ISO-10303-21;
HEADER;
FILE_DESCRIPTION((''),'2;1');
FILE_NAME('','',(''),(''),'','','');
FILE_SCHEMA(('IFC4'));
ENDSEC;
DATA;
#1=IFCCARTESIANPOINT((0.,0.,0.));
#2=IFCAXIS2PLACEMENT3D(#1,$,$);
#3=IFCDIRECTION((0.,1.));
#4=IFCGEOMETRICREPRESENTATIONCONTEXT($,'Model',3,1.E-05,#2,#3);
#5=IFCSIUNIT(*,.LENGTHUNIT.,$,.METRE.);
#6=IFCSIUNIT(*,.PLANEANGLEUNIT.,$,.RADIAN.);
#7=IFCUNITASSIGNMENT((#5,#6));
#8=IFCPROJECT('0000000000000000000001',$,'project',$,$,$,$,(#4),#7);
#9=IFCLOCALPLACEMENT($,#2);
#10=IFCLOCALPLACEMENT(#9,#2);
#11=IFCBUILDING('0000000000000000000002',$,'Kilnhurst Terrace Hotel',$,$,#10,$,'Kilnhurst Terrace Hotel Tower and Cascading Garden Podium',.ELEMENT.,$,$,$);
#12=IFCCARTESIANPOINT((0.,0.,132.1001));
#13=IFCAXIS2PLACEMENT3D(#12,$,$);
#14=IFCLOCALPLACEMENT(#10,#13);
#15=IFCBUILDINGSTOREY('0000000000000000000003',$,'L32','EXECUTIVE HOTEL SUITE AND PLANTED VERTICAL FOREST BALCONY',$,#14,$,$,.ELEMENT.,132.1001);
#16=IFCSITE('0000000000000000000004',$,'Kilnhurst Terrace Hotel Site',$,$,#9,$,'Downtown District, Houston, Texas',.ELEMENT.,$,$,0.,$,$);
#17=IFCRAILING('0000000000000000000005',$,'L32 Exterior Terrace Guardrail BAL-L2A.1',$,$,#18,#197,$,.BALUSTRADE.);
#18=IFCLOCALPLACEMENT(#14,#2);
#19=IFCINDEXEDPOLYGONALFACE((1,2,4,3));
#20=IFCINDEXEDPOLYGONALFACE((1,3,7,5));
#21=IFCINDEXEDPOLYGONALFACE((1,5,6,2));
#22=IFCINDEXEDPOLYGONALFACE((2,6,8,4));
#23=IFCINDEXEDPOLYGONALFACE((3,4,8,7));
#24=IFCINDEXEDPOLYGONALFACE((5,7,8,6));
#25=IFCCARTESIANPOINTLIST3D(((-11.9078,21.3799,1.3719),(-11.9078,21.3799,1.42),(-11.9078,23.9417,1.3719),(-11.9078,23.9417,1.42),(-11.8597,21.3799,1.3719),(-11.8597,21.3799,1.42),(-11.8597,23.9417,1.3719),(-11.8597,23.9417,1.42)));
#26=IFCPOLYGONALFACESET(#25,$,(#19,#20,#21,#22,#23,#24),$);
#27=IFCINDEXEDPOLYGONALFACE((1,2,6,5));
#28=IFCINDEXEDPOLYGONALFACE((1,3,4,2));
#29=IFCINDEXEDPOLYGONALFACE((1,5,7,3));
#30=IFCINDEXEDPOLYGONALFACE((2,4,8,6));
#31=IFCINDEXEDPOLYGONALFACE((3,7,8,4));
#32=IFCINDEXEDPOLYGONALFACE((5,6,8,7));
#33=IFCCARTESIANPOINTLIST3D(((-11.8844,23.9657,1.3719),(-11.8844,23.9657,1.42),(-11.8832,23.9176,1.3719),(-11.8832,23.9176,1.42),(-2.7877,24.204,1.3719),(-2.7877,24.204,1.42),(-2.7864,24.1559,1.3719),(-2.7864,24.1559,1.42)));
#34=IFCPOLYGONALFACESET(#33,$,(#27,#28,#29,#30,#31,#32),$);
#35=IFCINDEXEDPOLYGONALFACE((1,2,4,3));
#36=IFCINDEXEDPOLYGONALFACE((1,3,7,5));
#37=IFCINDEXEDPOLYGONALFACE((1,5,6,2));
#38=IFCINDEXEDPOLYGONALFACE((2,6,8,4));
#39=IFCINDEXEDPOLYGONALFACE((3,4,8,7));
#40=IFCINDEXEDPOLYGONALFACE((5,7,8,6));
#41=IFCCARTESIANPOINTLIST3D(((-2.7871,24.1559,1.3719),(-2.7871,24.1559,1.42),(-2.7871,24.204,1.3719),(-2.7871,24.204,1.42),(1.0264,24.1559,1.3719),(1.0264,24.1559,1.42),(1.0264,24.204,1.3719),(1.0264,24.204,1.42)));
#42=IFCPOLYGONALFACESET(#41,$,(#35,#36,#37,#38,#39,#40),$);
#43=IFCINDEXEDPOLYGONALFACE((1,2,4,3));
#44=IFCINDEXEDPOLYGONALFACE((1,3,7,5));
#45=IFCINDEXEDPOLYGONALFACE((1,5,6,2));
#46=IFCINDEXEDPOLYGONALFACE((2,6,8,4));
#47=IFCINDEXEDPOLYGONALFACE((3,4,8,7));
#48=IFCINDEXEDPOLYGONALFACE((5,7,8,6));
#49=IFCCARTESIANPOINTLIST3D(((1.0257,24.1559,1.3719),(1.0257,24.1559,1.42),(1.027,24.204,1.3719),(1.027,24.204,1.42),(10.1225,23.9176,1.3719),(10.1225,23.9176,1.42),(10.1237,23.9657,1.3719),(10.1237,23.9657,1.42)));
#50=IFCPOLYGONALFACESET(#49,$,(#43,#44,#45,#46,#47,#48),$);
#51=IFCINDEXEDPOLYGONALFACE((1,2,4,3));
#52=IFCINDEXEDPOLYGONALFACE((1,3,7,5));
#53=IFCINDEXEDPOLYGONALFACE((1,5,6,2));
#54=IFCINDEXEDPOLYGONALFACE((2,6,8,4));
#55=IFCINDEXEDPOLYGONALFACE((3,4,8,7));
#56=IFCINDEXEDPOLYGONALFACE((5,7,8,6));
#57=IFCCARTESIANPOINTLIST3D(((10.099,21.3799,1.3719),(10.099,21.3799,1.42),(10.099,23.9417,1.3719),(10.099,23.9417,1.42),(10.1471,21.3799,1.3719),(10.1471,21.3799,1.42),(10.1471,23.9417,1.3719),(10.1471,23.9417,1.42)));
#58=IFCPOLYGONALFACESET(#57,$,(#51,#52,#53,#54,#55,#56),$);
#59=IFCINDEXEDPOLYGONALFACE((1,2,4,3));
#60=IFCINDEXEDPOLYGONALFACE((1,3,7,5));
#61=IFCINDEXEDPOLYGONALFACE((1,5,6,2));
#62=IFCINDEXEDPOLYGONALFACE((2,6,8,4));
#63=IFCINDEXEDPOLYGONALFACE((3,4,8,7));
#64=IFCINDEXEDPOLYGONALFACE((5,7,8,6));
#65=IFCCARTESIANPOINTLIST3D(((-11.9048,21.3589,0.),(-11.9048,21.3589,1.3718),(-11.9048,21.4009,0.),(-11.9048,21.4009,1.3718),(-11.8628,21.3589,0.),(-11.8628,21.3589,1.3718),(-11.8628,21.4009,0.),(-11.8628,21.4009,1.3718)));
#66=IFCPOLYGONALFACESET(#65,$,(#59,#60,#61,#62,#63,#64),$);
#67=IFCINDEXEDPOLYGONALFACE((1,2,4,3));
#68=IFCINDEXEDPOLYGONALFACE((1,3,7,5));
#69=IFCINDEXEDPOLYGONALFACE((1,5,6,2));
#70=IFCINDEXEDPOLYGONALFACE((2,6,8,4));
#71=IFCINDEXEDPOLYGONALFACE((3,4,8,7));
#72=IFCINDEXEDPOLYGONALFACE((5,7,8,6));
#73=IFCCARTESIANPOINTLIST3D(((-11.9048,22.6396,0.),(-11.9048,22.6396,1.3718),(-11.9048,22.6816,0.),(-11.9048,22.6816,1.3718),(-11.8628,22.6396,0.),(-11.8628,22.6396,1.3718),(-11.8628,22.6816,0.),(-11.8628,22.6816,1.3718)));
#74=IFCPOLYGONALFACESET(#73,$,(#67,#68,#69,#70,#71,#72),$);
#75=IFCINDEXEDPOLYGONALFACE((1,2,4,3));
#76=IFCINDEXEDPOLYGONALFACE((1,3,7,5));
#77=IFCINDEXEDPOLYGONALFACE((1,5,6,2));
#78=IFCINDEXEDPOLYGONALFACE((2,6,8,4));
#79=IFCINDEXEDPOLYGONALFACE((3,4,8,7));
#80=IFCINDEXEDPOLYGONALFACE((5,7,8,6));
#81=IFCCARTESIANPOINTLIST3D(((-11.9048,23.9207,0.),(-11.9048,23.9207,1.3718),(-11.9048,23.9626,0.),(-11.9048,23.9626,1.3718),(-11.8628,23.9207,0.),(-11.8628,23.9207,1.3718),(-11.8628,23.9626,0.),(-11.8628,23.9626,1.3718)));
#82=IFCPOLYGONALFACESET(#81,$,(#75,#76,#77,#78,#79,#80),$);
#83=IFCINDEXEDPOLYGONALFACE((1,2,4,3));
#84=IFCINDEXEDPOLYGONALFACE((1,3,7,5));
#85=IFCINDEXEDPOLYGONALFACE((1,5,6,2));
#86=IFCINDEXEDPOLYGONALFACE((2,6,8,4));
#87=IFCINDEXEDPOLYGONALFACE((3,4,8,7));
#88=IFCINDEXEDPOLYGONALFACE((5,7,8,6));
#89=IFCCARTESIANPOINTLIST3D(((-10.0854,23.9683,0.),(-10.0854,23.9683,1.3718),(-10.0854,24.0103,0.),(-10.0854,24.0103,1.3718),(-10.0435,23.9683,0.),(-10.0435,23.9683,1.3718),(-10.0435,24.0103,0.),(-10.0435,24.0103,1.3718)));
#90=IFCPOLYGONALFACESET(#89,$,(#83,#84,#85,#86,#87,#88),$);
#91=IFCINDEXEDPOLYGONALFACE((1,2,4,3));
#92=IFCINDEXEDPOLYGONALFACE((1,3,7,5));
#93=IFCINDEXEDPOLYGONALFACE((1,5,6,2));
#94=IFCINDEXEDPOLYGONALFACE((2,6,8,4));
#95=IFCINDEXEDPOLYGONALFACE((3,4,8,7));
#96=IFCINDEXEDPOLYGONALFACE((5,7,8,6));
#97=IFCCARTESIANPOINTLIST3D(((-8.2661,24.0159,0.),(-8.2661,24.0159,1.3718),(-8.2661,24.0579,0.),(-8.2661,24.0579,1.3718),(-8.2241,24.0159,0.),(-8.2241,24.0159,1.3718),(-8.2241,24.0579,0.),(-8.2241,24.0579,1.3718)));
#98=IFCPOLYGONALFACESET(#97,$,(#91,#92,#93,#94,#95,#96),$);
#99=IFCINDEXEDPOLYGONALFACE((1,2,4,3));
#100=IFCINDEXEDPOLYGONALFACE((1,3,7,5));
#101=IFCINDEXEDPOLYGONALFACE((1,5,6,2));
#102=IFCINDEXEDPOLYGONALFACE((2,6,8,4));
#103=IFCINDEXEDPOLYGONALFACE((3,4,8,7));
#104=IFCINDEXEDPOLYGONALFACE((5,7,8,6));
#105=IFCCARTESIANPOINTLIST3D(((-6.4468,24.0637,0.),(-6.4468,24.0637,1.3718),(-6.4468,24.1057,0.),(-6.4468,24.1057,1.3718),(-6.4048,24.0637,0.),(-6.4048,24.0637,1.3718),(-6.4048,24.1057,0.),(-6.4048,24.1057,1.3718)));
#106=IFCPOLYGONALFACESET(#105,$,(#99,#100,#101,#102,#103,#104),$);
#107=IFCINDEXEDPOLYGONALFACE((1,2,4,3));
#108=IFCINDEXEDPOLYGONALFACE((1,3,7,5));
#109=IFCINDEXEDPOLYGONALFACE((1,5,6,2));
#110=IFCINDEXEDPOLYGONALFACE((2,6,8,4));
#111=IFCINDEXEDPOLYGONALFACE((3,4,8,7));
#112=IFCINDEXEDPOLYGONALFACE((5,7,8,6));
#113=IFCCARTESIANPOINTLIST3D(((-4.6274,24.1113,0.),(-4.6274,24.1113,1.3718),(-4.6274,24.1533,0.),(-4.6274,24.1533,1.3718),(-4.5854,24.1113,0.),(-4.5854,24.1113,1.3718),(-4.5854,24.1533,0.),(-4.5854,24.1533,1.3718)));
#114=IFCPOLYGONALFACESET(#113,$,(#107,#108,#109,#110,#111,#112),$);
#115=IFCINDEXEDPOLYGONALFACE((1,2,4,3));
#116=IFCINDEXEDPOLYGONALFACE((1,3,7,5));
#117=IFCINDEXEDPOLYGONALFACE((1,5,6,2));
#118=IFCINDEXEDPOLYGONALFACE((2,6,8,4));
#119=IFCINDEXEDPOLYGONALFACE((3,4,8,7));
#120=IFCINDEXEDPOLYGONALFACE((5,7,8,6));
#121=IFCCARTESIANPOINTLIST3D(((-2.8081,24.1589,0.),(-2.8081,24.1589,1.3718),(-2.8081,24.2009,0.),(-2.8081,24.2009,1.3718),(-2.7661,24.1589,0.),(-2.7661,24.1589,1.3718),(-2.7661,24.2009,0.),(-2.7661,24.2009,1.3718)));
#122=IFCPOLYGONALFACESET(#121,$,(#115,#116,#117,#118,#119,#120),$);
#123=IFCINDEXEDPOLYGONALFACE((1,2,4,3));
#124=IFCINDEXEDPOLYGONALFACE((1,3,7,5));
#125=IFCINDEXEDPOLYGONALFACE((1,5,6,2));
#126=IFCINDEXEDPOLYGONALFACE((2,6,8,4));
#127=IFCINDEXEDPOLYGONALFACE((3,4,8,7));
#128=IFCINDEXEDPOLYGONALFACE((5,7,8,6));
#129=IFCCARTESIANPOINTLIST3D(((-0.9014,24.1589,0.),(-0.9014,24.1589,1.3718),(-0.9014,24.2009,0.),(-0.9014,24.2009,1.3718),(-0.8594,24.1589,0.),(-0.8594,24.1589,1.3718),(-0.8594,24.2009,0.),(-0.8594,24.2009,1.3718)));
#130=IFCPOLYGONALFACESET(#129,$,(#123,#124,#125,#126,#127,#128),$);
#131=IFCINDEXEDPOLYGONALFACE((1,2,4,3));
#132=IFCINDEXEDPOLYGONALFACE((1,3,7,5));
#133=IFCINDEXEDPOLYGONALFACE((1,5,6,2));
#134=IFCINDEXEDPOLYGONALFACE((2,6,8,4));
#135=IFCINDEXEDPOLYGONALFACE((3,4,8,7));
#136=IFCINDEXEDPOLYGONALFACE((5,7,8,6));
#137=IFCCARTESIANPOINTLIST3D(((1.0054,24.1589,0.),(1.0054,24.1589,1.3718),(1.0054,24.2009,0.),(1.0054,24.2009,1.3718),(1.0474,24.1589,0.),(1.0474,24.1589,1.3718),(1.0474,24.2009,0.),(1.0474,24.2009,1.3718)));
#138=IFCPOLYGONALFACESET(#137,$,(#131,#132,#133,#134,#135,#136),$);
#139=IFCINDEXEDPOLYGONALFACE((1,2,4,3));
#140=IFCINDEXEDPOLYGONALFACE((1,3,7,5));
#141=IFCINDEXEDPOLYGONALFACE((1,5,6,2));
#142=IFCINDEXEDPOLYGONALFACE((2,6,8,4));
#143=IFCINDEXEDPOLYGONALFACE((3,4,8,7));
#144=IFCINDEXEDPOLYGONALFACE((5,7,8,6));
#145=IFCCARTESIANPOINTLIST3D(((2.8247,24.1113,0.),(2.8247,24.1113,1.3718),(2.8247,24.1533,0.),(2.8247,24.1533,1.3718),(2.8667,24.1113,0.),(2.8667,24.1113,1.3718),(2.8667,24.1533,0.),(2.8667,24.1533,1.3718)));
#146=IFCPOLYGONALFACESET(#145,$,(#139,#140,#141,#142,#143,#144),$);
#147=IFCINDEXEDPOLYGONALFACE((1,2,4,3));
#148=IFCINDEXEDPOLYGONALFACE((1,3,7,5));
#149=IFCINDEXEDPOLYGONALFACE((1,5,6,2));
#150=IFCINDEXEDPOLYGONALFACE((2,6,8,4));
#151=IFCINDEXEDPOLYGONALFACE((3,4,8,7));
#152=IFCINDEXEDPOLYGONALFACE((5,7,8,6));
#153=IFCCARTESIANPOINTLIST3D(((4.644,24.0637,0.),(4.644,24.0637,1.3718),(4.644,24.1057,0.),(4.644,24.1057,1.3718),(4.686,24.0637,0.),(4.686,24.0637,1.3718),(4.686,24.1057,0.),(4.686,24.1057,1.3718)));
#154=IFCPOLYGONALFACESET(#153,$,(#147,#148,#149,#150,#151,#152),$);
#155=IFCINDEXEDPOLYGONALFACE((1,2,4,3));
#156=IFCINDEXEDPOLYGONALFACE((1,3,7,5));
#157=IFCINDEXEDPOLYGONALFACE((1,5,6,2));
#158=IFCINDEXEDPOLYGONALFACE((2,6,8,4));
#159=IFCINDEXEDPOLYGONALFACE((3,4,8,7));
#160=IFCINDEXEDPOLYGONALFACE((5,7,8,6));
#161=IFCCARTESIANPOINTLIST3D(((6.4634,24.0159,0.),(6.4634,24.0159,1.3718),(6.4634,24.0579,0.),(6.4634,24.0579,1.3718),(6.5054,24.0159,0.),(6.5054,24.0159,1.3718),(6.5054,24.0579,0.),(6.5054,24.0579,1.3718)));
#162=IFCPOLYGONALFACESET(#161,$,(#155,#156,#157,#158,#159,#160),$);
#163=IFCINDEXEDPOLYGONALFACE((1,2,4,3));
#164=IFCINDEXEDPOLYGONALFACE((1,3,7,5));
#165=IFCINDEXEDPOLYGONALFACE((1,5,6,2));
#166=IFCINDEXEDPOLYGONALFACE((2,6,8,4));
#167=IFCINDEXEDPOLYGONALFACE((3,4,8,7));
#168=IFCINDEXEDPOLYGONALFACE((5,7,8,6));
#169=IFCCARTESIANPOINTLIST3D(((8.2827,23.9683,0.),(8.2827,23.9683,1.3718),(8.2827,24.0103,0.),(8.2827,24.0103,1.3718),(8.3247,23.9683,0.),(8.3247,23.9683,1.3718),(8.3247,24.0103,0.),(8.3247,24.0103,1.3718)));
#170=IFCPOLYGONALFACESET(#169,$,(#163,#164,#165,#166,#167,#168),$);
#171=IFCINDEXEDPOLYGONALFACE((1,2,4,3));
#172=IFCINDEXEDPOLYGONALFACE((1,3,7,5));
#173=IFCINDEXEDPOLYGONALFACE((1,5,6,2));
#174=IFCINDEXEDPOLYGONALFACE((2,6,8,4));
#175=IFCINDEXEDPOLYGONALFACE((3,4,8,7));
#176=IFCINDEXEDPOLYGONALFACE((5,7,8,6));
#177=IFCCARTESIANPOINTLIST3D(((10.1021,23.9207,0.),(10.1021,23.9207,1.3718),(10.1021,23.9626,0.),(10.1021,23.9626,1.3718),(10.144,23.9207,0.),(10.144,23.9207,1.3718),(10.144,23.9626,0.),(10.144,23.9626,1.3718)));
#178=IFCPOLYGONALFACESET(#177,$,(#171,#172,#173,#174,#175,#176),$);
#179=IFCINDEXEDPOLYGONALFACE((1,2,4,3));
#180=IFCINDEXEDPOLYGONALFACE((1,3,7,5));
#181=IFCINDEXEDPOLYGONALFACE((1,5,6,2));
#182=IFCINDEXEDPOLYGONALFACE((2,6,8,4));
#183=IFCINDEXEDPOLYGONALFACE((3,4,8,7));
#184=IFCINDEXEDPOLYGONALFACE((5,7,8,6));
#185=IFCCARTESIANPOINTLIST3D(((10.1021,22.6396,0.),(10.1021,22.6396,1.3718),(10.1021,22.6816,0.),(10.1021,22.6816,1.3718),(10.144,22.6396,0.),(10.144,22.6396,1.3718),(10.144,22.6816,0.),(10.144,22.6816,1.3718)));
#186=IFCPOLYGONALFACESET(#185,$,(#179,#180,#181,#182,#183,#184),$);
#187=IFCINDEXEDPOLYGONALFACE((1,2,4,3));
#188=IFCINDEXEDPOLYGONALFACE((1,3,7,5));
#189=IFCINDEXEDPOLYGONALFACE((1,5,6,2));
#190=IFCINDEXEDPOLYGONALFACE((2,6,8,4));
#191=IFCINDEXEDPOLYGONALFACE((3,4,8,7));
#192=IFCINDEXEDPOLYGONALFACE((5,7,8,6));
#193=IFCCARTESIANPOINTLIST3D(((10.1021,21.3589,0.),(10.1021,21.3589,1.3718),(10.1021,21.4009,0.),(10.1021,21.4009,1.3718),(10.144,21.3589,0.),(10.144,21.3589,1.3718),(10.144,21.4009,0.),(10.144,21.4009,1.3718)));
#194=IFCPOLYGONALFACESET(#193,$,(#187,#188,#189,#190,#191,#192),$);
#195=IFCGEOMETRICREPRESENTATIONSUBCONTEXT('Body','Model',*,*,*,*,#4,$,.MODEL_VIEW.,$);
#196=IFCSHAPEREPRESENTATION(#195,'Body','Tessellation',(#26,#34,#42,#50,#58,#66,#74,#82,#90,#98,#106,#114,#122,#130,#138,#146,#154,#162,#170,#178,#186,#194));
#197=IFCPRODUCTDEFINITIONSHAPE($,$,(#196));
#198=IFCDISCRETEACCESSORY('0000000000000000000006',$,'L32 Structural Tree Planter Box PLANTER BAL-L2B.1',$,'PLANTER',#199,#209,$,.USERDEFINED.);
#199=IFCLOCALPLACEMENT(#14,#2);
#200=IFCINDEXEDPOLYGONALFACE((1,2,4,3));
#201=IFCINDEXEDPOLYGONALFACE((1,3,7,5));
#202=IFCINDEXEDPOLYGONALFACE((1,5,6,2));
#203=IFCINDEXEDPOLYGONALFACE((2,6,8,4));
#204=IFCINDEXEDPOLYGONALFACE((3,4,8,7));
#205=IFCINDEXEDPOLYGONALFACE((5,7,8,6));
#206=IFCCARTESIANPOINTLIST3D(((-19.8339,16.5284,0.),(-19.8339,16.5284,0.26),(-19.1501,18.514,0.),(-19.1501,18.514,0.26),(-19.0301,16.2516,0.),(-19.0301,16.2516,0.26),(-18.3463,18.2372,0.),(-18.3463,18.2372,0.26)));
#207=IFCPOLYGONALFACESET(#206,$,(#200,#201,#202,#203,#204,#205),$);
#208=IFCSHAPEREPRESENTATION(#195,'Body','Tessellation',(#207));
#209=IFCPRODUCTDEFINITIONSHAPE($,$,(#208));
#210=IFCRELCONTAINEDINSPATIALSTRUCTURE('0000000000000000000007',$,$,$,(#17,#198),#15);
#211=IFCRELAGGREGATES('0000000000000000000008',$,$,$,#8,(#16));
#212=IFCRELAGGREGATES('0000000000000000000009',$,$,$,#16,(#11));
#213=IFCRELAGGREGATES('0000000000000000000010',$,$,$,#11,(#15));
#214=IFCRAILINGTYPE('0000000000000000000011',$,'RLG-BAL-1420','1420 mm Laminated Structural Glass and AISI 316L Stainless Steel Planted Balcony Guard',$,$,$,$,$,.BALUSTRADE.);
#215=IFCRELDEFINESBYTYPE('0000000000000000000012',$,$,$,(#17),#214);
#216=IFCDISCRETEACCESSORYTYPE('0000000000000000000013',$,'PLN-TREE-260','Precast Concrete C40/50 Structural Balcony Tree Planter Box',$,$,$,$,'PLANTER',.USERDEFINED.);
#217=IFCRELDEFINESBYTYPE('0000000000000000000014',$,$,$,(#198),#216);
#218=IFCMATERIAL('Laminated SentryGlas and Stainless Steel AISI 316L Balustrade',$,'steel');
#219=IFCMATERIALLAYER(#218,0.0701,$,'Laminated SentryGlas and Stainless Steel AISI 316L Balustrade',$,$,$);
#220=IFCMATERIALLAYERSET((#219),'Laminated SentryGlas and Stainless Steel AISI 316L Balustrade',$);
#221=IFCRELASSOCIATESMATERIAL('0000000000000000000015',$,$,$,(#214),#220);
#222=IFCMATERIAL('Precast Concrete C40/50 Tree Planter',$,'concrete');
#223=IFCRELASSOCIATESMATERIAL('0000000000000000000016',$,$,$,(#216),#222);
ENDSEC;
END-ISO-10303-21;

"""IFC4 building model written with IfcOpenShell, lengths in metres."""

from ifc_helpers import new_model, si_unit, direction, frame, origin, origin_2d, place, context, subcontext, project, spatial, rectangle, extrude, material, layer, layer_set, type_object, element, save


model = new_model("IFC4")

# Units and contexts
model_context = context("Model", 3, precision=1e-05, world=origin(), true_north=direction((0.0, 1.0)))
body_context = subcontext(model_context, "Body", "Model", "MODEL_VIEW")
ifc_project = project(units=[si_unit("LENGTHUNIT", "METRE"), si_unit("PLANEANGLEUNIT", "RADIAN")], contexts=[model_context])

# Site, building, storey
site_placement = place(None, origin())
site = spatial("IfcSite", under=ifc_project, at=site_placement, Name="Kilnhurst Terrace Hotel Site", LongName="Downtown District, Houston, Texas", CompositionType="ELEMENT", RefElevation=0.0)
building_placement = place(site_placement, origin())
building = spatial("IfcBuilding", under=site, at=building_placement, Name="Kilnhurst Terrace Hotel", LongName="Kilnhurst Terrace Hotel Tower and Cascading Garden Podium", CompositionType="ELEMENT")
storey_placement = place(building_placement, frame((0.0, 0.0, 132.1001)))
storey = spatial("IfcBuildingStorey", under=building, at=storey_placement, Name="L32", Description="EXECUTIVE HOTEL SUITE AND PLANTED VERTICAL FOREST BALCONY", CompositionType="ELEMENT", Elevation=132.1001)

# Railing
ifc_material_1 = material(Name="Laminated SentryGlas and Stainless Steel AISI 316L Balustrade", Category="steel")
ifc_layer_1 = layer(ifc_material_1, 0.0701, Name="Laminated SentryGlas and Stainless Steel AISI 316L Balustrade")
ifc_layer_set_1 = layer_set([ifc_layer_1], Name="Laminated SentryGlas and Stainless Steel AISI 316L Balustrade")
railing_type = type_object("IfcRailingType", Name="RLG-BAL-1420", Description="1420 mm Laminated Structural Glass and AISI 316L Stainless Steel Planted Balcony Guard", PredefinedType="BALUSTRADE", material=ifc_layer_set_1)
railing_placement = place(storey_placement, frame((-11.8838, 21.3799, 0.0)))
element("IfcRailing", 1, at=railing_placement, inside=storey, type_object=railing_type, Name="L32 Exterior Terrace Guardrail BAL-L2A.1", PredefinedType="BALUSTRADE", context=body_context, shape_type="SweptSolid", body=[
    extrude(rectangle(XDim=0.0481, YDim=0.0481, at=origin_2d()), frame((0.0, 0.0, 1.396), z_axis=(0.0, 1.0, 0.0), x_axis=(-1.0, 0.0, 0.0)), (0.0, 0.0, 1.0), 2.5618),
    extrude(rectangle(XDim=0.0481, YDim=0.0481, at=origin_2d()), frame((0.0, 2.5618, 1.396), z_axis=(0.999657, 0.026185, 0.0), x_axis=(-0.026185, 0.999657, 0.0)), (0.0, 0.0, 1.0), 9.0999),
    extrude(rectangle(XDim=0.0481, YDim=0.0481, at=origin_2d()), frame((9.0967, 2.8, 1.396), z_axis=(1.0, 0.0, 0.0), x_axis=(0.0, 1.0, 0.0)), (0.0, 0.0, 1.0), 3.8135),
    extrude(rectangle(XDim=0.0481, YDim=0.0481, at=origin_2d()), frame((12.9102, 2.8, 1.396), z_axis=(0.999657, -0.026185, 0.0), x_axis=(0.026185, 0.999657, 0.0)), (0.0, 0.0, 1.0), 9.0999),
    extrude(rectangle(XDim=0.0481, YDim=0.0481, at=origin_2d()), frame((22.0068, 2.5618, 1.396), z_axis=(0.0, -1.0, 0.0), x_axis=(1.0, 0.0, 0.0)), (0.0, 0.0, 1.0), 2.5618),
    extrude(rectangle(XDim=0.042, YDim=0.042, at=origin_2d()), origin(), (0.0, 0.0, 1.0), 1.3718),
    extrude(rectangle(XDim=0.042, YDim=0.042, at=origin_2d()), frame((0.0, 1.2808, 0.0)), (0.0, 0.0, 1.0), 1.3718),
    extrude(rectangle(XDim=0.042, YDim=0.042, at=origin_2d()), frame((0.0, 2.5618, 0.0)), (0.0, 0.0, 1.0), 1.3718),
    extrude(rectangle(XDim=0.042, YDim=0.042, at=origin_2d()), frame((1.8193, 2.6094, 0.0)), (0.0, 0.0, 1.0), 1.3718),
    extrude(rectangle(XDim=0.042, YDim=0.042, at=origin_2d()), frame((3.6387, 2.657, 0.0)), (0.0, 0.0, 1.0), 1.3718),
    extrude(rectangle(XDim=0.042, YDim=0.042, at=origin_2d()), frame((5.458, 2.7048, 0.0)), (0.0, 0.0, 1.0), 1.3718),
    extrude(rectangle(XDim=0.042, YDim=0.042, at=origin_2d()), frame((7.2773, 2.7524, 0.0)), (0.0, 0.0, 1.0), 1.3718),
    extrude(rectangle(XDim=0.042, YDim=0.042, at=origin_2d()), frame((9.0967, 2.8, 0.0)), (0.0, 0.0, 1.0), 1.3718),
    extrude(rectangle(XDim=0.042, YDim=0.042, at=origin_2d()), frame((11.0034, 2.8, 0.0)), (0.0, 0.0, 1.0), 1.3718),
    extrude(rectangle(XDim=0.042, YDim=0.042, at=origin_2d()), frame((12.9102, 2.8, 0.0)), (0.0, 0.0, 1.0), 1.3718),
    extrude(rectangle(XDim=0.042, YDim=0.042, at=origin_2d()), frame((14.7295, 2.7524, 0.0)), (0.0, 0.0, 1.0), 1.3718),
    extrude(rectangle(XDim=0.042, YDim=0.042, at=origin_2d()), frame((16.5488, 2.7048, 0.0)), (0.0, 0.0, 1.0), 1.3718),
    extrude(rectangle(XDim=0.042, YDim=0.042, at=origin_2d()), frame((18.3682, 2.657, 0.0)), (0.0, 0.0, 1.0), 1.3718),
    extrude(rectangle(XDim=0.042, YDim=0.042, at=origin_2d()), frame((20.1875, 2.6094, 0.0)), (0.0, 0.0, 1.0), 1.3718),
    extrude(rectangle(XDim=0.042, YDim=0.042, at=origin_2d()), frame((22.0068, 2.5618, 0.0)), (0.0, 0.0, 1.0), 1.3718),
    extrude(rectangle(XDim=0.042, YDim=0.042, at=origin_2d()), frame((22.0068, 1.2808, 0.0)), (0.0, 0.0, 1.0), 1.3718),
    extrude(rectangle(XDim=0.042, YDim=0.042, at=origin_2d()), frame((22.0068, 0.0, 0.0)), (0.0, 0.0, 1.0), 1.3718),
])

# Discrete accessory
ifc_material_2 = material(Name="Precast Concrete C40/50 Tree Planter", Category="concrete")
discrete_accessory_type = type_object("IfcDiscreteAccessoryType", Name="PLN-TREE-260", Description="Precast Concrete C40/50 Structural Balcony Tree Planter Box", ElementType="PLANTER", PredefinedType="USERDEFINED", material=ifc_material_2)
discrete_accessory_placement = place(storey_placement, frame((-19.0901, 17.3828, 0.0), z_axis=(0.0, 0.0, 1.0), x_axis=(-0.325601, -0.945507, 0.0)))
element("IfcDiscreteAccessory", 2, at=discrete_accessory_placement, inside=storey, type_object=discrete_accessory_type, Name="L32 Structural Tree Planter Box PLANTER BAL-L2B.1", ObjectType="PLANTER", PredefinedType="USERDEFINED", context=body_context, shape_type="SweptSolid", body=[
    extrude(rectangle(XDim=2.1001, YDim=0.8501, at=origin_2d()), origin(), (0.0, 0.0, 1.0), 0.26),
])

save(model, "model.ifc")
